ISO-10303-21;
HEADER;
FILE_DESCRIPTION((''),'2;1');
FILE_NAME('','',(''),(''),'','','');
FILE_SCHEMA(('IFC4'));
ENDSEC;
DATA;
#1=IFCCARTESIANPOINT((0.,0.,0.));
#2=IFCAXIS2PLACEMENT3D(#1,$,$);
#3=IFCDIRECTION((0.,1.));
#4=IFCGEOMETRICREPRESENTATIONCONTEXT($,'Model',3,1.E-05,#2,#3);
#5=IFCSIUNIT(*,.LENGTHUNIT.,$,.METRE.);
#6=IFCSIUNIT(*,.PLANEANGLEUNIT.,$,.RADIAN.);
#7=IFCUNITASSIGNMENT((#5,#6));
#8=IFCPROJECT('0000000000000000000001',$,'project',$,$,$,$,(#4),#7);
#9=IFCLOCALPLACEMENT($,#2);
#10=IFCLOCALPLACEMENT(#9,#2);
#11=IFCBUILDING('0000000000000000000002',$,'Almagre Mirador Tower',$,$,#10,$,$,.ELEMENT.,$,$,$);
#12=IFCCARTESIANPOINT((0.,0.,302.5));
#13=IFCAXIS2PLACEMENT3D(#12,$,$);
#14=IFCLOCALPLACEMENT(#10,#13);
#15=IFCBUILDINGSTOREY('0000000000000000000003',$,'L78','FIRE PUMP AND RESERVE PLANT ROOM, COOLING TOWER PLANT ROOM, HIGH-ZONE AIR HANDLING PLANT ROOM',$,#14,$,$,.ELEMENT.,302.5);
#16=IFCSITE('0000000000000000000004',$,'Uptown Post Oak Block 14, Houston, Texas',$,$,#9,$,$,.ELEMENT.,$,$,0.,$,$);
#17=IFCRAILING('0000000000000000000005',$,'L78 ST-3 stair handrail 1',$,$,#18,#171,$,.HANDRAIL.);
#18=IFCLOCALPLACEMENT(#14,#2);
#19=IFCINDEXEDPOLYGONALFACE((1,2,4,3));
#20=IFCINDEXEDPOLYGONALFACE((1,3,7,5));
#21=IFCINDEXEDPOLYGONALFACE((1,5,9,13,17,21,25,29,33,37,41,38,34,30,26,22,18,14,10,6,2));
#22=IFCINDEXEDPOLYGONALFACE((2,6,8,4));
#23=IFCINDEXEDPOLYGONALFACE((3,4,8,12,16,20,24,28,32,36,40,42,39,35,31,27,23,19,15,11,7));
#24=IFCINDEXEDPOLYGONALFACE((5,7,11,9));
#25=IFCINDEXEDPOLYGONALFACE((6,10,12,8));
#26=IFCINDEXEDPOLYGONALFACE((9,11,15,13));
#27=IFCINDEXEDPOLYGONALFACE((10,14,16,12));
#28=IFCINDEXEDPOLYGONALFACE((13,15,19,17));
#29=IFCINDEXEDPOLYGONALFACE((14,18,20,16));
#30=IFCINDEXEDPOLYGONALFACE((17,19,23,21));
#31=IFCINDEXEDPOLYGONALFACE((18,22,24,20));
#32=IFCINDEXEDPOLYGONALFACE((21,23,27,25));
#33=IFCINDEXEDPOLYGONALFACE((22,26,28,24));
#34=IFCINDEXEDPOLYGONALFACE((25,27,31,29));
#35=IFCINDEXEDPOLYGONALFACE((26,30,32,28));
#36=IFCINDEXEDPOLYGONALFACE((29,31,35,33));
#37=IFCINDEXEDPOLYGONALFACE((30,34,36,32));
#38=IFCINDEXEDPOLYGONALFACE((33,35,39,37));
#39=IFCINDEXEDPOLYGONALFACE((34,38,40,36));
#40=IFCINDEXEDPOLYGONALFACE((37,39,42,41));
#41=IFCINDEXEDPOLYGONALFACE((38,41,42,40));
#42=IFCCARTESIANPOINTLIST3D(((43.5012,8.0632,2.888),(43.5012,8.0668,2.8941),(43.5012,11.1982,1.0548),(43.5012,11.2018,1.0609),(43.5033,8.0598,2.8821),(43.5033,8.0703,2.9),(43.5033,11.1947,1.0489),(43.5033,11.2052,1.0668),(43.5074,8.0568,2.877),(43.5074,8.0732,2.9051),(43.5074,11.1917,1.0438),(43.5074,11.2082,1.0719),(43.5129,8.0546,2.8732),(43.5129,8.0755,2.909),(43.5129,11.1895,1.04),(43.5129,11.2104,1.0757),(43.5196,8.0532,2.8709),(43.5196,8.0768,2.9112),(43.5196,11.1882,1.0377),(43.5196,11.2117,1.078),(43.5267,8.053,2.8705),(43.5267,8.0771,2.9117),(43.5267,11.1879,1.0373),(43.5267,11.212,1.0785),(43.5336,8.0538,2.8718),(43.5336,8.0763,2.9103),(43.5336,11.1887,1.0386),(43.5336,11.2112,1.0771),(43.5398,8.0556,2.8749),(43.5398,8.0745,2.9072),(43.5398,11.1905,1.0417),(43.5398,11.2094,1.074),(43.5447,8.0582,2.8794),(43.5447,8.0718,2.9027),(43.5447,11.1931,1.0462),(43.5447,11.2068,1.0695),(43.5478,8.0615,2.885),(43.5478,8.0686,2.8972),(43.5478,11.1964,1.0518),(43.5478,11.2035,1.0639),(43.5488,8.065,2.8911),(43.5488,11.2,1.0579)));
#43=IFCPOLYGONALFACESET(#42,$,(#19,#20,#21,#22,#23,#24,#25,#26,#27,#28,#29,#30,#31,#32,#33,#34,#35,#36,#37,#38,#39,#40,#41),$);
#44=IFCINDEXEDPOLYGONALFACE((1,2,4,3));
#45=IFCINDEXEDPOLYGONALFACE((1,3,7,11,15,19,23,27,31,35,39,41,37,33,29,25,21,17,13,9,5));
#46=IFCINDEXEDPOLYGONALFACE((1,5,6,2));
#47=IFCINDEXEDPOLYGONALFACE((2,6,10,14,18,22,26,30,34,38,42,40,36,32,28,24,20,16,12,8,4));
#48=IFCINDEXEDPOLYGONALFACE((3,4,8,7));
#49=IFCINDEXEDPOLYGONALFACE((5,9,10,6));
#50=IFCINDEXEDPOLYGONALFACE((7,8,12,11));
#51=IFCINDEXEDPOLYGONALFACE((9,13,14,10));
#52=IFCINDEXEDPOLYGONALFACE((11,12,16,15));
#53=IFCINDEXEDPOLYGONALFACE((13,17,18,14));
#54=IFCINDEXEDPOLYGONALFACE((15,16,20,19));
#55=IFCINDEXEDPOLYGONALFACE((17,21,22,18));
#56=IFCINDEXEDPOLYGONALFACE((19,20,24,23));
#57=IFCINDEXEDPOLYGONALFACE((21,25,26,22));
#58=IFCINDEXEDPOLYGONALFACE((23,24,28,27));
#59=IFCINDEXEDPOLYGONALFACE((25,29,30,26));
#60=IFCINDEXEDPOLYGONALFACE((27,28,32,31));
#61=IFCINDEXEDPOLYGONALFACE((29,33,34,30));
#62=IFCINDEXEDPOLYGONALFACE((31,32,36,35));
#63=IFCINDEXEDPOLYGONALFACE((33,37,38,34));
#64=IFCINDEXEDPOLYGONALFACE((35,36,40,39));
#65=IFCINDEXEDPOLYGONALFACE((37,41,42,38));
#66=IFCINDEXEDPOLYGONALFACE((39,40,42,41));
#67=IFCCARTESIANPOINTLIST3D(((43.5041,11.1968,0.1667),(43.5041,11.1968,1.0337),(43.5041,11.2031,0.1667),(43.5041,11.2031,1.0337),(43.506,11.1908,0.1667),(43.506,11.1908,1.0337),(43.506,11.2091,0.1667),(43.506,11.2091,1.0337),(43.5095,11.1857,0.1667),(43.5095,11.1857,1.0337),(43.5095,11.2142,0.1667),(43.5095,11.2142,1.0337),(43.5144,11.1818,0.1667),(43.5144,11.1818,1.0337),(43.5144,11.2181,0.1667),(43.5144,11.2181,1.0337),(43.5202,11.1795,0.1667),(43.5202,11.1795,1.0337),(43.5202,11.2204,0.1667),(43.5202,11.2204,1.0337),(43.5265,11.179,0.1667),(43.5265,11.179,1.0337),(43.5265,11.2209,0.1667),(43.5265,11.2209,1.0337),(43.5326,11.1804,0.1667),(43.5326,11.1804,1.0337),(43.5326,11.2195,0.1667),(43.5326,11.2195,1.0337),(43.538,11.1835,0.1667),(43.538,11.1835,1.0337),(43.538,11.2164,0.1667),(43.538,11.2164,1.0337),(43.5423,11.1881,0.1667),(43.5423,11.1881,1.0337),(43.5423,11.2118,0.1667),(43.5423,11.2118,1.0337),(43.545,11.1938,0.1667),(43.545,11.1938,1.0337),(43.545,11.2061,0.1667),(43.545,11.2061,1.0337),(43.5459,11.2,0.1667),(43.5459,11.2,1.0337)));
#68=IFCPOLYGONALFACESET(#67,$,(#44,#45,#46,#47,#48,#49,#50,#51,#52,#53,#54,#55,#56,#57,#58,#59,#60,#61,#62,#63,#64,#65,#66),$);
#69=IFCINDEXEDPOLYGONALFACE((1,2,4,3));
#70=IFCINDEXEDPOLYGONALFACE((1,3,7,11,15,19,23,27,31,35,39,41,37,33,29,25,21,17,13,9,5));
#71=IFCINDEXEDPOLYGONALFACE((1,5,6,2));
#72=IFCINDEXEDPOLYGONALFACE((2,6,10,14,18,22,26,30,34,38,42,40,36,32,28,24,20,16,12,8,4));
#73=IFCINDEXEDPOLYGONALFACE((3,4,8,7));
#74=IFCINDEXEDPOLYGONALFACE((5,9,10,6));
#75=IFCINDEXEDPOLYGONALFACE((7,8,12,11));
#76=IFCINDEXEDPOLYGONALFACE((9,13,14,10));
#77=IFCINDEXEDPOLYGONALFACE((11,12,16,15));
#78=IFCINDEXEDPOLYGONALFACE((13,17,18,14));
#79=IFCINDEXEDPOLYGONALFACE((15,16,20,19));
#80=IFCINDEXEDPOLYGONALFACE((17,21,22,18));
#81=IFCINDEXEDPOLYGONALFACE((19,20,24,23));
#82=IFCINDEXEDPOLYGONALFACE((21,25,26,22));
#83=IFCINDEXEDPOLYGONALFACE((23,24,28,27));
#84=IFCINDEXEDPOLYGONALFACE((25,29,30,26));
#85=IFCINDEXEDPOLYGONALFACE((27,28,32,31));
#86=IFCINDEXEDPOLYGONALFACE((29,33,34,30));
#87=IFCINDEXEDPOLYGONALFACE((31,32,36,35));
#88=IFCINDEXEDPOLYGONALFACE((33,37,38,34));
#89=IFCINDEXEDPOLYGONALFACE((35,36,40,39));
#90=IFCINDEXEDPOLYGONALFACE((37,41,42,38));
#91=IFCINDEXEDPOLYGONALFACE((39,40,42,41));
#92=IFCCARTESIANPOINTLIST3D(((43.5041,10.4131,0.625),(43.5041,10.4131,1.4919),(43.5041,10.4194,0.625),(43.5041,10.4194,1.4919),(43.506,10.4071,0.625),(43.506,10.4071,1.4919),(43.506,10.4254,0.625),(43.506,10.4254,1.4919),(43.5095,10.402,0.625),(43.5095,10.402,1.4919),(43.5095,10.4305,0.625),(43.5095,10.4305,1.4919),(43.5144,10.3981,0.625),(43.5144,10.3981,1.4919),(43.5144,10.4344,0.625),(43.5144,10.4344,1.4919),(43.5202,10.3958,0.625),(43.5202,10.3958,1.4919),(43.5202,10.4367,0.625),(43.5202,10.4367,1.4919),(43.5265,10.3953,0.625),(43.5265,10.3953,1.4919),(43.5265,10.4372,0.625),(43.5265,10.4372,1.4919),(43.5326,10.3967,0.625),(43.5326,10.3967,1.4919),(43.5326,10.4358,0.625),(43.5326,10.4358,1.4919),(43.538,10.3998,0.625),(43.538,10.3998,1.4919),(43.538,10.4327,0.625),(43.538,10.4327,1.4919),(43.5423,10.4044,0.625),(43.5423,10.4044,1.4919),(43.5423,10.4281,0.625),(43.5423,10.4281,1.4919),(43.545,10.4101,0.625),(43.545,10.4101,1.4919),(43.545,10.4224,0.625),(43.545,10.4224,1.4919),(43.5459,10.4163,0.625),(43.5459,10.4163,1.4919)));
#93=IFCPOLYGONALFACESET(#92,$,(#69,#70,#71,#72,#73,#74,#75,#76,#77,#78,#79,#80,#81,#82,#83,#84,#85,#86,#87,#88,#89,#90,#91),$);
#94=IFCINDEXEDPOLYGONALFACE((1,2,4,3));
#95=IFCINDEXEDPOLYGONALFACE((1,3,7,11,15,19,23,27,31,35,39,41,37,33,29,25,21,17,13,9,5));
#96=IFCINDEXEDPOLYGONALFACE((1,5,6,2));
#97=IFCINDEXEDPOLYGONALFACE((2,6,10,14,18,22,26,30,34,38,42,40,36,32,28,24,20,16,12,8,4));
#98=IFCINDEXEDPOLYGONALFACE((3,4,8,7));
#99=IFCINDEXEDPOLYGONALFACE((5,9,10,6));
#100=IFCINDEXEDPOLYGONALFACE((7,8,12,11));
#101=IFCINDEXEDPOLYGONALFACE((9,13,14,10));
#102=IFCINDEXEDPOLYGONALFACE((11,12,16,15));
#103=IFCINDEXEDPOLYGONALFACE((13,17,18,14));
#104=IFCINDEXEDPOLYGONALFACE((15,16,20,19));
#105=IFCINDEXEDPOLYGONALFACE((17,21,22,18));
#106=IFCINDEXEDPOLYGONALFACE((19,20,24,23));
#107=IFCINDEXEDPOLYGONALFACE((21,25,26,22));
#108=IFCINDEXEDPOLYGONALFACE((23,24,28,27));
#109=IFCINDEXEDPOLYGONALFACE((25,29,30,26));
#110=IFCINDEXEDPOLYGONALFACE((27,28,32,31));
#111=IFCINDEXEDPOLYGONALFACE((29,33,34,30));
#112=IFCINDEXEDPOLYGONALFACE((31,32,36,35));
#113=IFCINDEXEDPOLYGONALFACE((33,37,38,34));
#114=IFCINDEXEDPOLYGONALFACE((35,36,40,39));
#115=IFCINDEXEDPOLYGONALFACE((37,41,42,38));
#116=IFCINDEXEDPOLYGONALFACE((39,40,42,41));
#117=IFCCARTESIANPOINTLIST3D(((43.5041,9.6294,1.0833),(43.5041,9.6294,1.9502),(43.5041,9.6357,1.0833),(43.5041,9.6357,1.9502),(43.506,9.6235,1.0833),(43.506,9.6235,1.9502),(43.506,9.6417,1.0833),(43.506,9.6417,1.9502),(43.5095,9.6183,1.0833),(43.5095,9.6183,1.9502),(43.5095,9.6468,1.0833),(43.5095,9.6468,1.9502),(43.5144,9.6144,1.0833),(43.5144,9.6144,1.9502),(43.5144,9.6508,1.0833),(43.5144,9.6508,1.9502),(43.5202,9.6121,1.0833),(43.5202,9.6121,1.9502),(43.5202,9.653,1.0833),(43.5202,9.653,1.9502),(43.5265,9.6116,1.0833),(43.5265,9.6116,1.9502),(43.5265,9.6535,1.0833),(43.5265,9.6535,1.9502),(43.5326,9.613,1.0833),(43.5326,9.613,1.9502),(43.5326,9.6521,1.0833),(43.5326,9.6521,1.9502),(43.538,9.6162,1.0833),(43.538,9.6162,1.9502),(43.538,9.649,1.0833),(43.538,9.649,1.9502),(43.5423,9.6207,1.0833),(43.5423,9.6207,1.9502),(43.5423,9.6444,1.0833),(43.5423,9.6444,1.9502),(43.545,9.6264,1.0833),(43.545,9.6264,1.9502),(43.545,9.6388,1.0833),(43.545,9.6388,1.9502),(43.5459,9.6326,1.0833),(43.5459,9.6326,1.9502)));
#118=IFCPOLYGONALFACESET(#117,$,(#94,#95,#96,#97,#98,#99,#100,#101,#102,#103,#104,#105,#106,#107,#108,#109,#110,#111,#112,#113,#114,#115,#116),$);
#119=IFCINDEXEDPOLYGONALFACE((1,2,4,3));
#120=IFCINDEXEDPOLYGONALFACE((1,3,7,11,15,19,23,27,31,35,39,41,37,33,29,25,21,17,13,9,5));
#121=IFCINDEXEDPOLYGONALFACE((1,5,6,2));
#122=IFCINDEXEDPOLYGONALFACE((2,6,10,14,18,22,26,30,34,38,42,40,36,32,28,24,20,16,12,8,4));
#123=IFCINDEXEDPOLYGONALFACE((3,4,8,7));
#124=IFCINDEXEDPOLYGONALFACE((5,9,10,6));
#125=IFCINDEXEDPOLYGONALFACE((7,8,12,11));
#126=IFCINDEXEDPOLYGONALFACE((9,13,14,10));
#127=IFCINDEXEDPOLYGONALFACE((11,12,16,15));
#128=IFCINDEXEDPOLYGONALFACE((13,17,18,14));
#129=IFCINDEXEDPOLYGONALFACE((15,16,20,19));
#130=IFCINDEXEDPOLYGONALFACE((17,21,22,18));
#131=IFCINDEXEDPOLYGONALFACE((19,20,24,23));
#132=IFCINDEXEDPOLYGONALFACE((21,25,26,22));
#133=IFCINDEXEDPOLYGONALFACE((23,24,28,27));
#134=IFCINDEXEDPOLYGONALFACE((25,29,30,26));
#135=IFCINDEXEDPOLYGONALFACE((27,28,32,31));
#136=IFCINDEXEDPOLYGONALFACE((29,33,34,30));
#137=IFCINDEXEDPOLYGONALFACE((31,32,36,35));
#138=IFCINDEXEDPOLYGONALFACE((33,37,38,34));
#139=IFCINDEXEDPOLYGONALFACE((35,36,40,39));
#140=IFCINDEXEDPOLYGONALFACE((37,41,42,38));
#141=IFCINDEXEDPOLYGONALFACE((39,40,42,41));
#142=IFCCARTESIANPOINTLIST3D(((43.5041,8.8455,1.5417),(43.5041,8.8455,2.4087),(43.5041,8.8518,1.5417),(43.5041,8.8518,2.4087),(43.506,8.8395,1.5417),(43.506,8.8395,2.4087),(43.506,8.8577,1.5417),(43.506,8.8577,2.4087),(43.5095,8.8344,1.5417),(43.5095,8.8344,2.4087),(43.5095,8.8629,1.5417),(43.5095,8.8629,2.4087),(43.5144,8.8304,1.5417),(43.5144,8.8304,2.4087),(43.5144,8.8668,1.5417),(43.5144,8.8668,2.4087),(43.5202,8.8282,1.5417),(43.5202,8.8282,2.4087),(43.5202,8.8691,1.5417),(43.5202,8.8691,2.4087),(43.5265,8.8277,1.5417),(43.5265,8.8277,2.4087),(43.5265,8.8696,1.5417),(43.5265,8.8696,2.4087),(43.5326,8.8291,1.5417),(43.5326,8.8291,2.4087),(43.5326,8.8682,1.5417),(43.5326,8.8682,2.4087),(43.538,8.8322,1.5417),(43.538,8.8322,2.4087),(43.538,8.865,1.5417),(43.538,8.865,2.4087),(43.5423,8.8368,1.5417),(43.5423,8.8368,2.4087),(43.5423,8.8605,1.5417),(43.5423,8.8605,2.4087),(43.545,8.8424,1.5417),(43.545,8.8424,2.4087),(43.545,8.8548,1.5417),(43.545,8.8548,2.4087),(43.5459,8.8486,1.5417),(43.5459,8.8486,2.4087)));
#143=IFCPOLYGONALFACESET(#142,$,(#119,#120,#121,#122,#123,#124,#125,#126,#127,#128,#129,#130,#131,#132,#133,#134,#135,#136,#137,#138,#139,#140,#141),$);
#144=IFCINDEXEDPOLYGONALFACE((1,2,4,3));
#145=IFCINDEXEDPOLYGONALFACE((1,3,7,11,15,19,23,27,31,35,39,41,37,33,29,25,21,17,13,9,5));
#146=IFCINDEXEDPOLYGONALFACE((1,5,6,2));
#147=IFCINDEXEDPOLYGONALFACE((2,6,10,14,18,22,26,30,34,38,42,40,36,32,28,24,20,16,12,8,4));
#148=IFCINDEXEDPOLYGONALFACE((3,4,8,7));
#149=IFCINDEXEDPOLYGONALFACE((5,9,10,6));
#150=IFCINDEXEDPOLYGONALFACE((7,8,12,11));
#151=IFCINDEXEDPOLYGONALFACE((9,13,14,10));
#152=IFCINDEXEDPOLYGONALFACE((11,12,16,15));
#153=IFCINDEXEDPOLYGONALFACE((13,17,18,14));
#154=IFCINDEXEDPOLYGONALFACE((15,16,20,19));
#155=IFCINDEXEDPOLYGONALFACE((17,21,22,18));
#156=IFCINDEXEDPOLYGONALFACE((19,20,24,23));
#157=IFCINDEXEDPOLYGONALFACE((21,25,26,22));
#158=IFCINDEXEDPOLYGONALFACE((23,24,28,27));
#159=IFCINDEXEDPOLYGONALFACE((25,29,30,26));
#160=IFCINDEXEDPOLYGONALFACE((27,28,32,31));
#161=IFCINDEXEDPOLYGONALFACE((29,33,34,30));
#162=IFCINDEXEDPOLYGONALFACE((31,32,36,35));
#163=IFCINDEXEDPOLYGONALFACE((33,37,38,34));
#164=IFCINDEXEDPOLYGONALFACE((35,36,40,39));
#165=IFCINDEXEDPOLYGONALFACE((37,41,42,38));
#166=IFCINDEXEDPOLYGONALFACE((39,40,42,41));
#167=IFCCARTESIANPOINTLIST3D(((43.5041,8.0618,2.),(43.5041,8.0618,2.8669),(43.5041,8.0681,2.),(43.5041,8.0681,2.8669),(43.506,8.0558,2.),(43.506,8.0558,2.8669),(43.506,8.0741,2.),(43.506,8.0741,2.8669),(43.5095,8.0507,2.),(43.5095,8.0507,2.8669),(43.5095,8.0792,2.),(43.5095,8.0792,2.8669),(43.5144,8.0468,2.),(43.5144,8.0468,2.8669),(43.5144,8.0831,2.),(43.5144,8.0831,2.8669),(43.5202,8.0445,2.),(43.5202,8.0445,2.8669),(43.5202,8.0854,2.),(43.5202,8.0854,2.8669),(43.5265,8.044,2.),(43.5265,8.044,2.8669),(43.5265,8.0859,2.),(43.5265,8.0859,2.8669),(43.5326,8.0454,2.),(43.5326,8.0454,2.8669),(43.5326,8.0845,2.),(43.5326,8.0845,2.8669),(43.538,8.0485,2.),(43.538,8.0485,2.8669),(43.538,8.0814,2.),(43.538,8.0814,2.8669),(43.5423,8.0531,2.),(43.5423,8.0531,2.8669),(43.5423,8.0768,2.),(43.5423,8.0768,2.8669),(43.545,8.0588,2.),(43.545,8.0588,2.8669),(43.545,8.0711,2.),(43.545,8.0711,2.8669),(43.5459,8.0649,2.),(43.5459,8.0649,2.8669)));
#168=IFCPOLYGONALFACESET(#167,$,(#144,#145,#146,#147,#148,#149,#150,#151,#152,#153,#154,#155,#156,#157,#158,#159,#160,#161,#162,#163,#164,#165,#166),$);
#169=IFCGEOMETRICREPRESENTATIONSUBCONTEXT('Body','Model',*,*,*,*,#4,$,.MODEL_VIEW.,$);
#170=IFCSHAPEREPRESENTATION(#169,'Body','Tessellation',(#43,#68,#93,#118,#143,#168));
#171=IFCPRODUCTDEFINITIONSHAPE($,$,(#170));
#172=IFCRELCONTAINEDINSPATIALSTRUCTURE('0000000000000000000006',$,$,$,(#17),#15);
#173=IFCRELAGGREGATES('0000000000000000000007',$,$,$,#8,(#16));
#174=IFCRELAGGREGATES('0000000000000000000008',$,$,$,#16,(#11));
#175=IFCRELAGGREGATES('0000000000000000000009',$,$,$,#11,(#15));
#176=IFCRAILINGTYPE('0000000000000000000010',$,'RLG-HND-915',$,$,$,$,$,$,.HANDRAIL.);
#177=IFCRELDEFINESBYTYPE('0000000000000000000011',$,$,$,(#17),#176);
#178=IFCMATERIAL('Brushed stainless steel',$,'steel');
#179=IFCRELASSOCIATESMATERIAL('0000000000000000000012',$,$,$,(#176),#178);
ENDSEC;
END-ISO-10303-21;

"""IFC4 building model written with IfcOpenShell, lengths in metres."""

from ifc_helpers import new_model, si_unit, direction, frame, origin, origin_2d, place, context, subcontext, project, spatial, circle, extrude, material, type_object, element, save


model = new_model("IFC4")

# Units and contexts
model_context = context("Model", 3, precision=1e-05, world=origin(), true_north=direction((0.0, 1.0)))
body_context = subcontext(model_context, "Body", "Model", "MODEL_VIEW")
ifc_project = project(units=[si_unit("LENGTHUNIT", "METRE"), si_unit("PLANEANGLEUNIT", "RADIAN")], contexts=[model_context])

# Site, building, storey
site_placement = place(None, origin())
site = spatial("IfcSite", under=ifc_project, at=site_placement, Name="Uptown Post Oak Block 14, Houston, Texas", CompositionType="ELEMENT", RefElevation=0.0)
building_placement = place(site_placement, origin())
building = spatial("IfcBuilding", under=site, at=building_placement, Name="Almagre Mirador Tower", CompositionType="ELEMENT")
storey_placement = place(building_placement, frame((0.0, 0.0, 302.5)))
storey = spatial("IfcBuildingStorey", under=building, at=storey_placement, Name="L78", Description="FIRE PUMP AND RESERVE PLANT ROOM, COOLING TOWER PLANT ROOM, HIGH-ZONE AIR HANDLING PLANT ROOM", CompositionType="ELEMENT", Elevation=302.5)

# Railing
ifc_material_1 = material(Name="Brushed stainless steel", Category="steel")
railing_type_1 = type_object("IfcRailingType", Name="RLG-HND-915", PredefinedType="HANDRAIL", material=ifc_material_1)
railing_1_placement = place(storey_placement, frame((43.5249, 11.2, 0.1667)))
element("IfcRailing", 1, at=railing_1_placement, inside=storey, type_object=railing_type_1, Name="L78 ST-3 stair handrail 1", PredefinedType="HANDRAIL", context=body_context, shape_type="SweptSolid", body=[
    extrude(circle(Radius=0.0239, at=origin_2d()), frame((0.0, 0.0, 0.8911), z_axis=(0.0, -0.86324, 0.504794), x_axis=(1.0, 0.0, 0.0)), (0.0, 0.0, 1.0), 3.6316),
    extrude(circle(Radius=0.021, at=origin_2d()), origin(), (0.0, 0.0, 1.0), 0.8669),
    extrude(circle(Radius=0.021, at=origin_2d()), frame((0.0, -0.7837, 0.4583)), (0.0, 0.0, 1.0), 0.8669),
    extrude(circle(Radius=0.021, at=origin_2d()), frame((0.0, -1.5674, 0.9165)), (0.0, 0.0, 1.0), 0.8669),
    extrude(circle(Radius=0.021, at=origin_2d()), frame((0.0, -2.3513, 1.375)), (0.0, 0.0, 1.0), 0.8669),
    extrude(circle(Radius=0.021, at=origin_2d()), frame((0.0, -3.135, 1.8333)), (0.0, 0.0, 1.0), 0.8669),
])

save(model, "model.ifc")
